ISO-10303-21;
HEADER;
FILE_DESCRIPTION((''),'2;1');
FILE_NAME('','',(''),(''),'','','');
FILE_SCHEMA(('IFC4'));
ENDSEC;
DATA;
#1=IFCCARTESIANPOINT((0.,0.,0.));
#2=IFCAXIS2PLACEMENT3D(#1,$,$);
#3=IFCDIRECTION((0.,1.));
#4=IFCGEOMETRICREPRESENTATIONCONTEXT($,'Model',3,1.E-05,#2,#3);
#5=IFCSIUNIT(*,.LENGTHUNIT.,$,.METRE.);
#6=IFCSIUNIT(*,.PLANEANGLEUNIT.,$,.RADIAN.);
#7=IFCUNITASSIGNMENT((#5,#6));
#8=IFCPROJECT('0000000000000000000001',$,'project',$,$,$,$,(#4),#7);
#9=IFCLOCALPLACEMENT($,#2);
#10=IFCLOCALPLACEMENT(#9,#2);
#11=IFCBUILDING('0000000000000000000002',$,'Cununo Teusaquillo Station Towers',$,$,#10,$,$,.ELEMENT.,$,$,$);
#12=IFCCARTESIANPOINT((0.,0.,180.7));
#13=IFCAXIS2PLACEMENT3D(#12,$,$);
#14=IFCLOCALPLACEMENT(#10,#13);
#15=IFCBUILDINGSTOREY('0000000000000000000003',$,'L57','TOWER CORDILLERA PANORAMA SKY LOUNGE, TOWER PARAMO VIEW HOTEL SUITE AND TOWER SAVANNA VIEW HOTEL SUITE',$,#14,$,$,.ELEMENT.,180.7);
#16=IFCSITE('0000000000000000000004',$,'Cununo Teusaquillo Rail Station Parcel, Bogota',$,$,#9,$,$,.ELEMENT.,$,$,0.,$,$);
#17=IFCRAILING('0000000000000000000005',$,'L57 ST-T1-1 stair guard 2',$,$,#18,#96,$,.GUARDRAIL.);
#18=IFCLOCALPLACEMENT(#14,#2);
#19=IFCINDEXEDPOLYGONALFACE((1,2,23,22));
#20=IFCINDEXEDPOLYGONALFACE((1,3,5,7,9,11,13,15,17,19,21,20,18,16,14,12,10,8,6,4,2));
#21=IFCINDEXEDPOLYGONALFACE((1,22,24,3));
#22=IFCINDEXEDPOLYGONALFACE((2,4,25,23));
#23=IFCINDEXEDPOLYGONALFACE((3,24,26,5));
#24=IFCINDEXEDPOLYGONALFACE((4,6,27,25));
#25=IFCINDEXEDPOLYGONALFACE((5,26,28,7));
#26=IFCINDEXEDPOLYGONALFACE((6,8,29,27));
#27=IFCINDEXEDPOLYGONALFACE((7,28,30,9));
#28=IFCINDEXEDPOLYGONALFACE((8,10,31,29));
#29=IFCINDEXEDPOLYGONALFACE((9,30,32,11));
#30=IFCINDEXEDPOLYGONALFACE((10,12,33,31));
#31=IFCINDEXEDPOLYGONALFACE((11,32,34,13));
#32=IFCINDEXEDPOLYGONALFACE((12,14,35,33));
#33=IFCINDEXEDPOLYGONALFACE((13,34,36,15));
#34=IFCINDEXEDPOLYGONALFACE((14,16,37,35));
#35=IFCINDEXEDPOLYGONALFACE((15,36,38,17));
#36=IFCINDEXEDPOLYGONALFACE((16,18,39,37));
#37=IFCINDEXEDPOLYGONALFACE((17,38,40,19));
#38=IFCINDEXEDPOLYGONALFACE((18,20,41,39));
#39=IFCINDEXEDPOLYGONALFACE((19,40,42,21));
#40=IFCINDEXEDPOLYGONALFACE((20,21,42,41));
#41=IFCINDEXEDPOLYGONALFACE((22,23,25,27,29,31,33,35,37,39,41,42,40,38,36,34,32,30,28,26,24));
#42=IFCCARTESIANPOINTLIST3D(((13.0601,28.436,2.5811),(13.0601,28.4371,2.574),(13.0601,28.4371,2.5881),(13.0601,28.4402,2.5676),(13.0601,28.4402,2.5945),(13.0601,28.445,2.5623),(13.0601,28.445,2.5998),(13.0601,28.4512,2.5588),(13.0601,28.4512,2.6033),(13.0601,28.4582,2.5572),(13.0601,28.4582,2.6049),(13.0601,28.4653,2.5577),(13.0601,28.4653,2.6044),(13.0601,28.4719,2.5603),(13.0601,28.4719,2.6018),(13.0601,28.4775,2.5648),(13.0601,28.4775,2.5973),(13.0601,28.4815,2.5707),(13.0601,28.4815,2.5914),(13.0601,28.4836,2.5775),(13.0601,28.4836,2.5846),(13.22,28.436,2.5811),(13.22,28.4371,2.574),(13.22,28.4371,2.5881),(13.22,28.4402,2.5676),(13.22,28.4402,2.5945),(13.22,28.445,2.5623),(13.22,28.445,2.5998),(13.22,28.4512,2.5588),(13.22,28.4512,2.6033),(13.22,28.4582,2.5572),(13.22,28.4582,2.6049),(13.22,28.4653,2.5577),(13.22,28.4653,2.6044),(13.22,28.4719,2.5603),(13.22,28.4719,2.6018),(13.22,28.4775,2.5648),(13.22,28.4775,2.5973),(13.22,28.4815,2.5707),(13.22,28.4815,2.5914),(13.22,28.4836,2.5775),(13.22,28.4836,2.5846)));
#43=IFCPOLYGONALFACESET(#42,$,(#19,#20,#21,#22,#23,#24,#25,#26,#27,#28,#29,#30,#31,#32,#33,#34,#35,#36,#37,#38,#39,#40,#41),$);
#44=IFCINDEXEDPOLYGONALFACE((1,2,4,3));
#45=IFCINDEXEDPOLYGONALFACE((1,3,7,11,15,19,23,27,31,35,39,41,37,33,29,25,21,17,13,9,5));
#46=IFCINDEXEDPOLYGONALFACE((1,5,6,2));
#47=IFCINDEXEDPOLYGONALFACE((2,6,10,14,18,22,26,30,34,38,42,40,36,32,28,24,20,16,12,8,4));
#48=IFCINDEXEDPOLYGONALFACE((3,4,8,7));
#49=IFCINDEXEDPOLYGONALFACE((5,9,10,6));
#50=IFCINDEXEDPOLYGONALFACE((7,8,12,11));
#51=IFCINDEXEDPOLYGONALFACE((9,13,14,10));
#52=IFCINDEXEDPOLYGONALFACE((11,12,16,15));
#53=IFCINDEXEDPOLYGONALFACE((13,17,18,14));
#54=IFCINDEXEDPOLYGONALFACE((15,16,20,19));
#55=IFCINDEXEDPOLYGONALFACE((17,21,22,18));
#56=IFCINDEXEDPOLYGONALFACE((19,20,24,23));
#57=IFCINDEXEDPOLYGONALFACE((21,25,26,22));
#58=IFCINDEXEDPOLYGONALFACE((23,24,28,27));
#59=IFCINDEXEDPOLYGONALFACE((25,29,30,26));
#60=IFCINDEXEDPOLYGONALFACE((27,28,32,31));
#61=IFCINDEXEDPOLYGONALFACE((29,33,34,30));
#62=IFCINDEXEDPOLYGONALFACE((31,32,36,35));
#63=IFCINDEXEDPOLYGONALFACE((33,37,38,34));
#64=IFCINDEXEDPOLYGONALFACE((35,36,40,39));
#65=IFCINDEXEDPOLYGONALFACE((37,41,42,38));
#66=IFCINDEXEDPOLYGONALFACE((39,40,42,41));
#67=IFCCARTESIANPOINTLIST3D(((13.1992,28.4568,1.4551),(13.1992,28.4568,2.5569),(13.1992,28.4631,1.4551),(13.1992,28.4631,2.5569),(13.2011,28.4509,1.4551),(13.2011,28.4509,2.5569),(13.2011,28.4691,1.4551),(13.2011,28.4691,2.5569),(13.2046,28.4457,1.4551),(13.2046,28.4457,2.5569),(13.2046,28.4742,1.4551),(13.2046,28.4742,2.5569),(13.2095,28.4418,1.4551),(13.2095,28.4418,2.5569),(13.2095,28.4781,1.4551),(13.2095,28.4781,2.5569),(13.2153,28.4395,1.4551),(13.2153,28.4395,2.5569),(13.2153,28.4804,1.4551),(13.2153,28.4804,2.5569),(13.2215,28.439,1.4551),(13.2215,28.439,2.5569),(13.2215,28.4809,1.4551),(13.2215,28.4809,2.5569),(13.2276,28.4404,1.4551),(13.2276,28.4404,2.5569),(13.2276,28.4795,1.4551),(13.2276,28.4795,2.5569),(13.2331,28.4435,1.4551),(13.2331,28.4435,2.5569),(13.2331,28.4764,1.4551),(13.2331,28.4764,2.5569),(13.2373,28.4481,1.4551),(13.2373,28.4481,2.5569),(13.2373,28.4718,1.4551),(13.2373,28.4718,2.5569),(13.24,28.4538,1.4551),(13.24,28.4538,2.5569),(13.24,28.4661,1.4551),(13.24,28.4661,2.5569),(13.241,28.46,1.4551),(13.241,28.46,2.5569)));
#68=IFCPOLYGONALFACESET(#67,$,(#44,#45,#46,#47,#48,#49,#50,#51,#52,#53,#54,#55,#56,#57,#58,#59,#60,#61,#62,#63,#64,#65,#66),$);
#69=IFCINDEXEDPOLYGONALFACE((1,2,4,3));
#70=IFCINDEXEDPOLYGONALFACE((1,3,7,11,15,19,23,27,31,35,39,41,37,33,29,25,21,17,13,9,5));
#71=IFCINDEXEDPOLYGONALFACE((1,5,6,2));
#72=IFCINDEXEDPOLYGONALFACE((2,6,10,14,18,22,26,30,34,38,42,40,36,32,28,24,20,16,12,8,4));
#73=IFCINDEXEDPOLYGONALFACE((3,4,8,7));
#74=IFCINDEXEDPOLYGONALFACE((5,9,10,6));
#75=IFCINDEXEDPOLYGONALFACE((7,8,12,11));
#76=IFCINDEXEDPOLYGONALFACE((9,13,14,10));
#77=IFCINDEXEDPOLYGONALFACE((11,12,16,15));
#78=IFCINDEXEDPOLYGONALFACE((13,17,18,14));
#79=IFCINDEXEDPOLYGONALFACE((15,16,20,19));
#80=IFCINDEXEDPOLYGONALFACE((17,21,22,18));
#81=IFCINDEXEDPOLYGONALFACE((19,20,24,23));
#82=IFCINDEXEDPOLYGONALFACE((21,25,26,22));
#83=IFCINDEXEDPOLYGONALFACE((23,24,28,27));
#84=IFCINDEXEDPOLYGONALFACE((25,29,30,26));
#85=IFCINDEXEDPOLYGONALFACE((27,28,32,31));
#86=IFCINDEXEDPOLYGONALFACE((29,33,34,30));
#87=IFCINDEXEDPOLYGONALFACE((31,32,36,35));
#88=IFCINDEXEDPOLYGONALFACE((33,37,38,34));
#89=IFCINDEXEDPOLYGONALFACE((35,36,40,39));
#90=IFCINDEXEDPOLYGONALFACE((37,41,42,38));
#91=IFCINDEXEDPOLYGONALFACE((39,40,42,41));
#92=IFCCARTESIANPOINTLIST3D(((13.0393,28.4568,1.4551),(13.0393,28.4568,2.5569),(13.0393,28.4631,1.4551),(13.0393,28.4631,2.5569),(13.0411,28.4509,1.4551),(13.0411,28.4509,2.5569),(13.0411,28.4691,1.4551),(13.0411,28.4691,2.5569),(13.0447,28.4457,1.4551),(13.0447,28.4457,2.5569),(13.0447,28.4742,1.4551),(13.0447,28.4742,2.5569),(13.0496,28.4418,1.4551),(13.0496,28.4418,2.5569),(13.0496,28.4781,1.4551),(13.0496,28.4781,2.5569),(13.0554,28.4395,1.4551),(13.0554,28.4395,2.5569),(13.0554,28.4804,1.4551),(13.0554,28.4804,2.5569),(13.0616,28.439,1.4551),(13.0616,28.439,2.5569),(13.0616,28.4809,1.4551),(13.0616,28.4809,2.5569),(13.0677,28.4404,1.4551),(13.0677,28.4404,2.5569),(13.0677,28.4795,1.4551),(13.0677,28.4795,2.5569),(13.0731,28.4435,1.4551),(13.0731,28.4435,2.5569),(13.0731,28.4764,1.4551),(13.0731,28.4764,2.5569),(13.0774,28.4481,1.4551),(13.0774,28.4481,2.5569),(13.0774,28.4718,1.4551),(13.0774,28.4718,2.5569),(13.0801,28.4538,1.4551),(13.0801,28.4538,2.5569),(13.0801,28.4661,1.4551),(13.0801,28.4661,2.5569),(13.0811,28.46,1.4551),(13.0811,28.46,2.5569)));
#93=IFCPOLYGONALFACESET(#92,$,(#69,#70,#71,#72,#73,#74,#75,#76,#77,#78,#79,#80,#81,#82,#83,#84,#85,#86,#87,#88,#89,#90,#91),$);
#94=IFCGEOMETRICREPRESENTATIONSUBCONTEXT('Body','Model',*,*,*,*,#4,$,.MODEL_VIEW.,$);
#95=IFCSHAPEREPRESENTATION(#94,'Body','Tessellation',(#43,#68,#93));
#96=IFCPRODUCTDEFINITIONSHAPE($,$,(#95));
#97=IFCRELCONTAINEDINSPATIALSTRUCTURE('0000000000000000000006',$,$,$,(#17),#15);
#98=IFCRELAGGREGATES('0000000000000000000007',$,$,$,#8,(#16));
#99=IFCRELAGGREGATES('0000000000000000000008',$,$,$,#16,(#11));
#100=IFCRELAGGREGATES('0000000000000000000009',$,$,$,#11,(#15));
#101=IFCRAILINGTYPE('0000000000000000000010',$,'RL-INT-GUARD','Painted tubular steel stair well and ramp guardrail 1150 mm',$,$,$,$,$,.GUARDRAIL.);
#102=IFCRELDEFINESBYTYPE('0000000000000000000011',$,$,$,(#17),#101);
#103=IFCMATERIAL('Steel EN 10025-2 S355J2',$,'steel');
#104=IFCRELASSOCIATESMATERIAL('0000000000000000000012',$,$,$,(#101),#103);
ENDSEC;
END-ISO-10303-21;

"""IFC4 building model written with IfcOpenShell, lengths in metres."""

from ifc_helpers import new_model, si_unit, direction, frame, origin, origin_2d, place, context, subcontext, project, spatial, circle, extrude, material, type_object, element, save


model = new_model("IFC4")

# Units and contexts
model_context = context("Model", 3, precision=1e-05, world=origin(), true_north=direction((0.0, 1.0)))
body_context = subcontext(model_context, "Body", "Model", "MODEL_VIEW")
ifc_project = project(units=[si_unit("LENGTHUNIT", "METRE"), si_unit("PLANEANGLEUNIT", "RADIAN")], contexts=[model_context])

# Site, building, storey
site_placement = place(None, origin())
site = spatial("IfcSite", under=ifc_project, at=site_placement, Name="Cununo Teusaquillo Rail Station Parcel, Bogota", CompositionType="ELEMENT", RefElevation=0.0)
building_placement = place(site_placement, origin())
building = spatial("IfcBuilding", under=site, at=building_placement, Name="Cununo Teusaquillo Station Towers", CompositionType="ELEMENT")
storey_placement = place(building_placement, frame((0.0, 0.0, 180.7)))
storey = spatial("IfcBuildingStorey", under=building, at=storey_placement, Name="L57", Description="TOWER CORDILLERA PANORAMA SKY LOUNGE, TOWER PARAMO VIEW HOTEL SUITE AND TOWER SAVANNA VIEW HOTEL SUITE", CompositionType="ELEMENT", Elevation=180.7)

# Railing
ifc_material_1 = material(Name="Steel EN 10025-2 S355J2", Category="steel")
railing_type_1 = type_object("IfcRailingType", Name="RL-INT-GUARD", Description="Painted tubular steel stair well and ramp guardrail 1150 mm", PredefinedType="GUARDRAIL", material=ifc_material_1)
railing_1_placement = place(storey_placement, frame((13.22, 28.46, 1.4551)))
element("IfcRailing", 1, at=railing_1_placement, inside=storey, type_object=railing_type_1, Name="L57 ST-T1-1 stair guard 2", PredefinedType="GUARDRAIL", context=body_context, shape_type="SweptSolid", body=[
    extrude(circle(Radius=0.0239, at=origin_2d()), frame((0.0, 0.0, 1.126), z_axis=(-1.0, 0.0, 0.0), x_axis=(0.0, -1.0, 0.0)), (0.0, 0.0, 1.0), 0.1599),
    extrude(circle(Radius=0.021, at=origin_2d()), origin(), (0.0, 0.0, 1.0), 1.1018),
    extrude(circle(Radius=0.021, at=origin_2d()), frame((-0.1599, 0.0, 0.0)), (0.0, 0.0, 1.0), 1.1018),
])

save(model, "model.ifc")
